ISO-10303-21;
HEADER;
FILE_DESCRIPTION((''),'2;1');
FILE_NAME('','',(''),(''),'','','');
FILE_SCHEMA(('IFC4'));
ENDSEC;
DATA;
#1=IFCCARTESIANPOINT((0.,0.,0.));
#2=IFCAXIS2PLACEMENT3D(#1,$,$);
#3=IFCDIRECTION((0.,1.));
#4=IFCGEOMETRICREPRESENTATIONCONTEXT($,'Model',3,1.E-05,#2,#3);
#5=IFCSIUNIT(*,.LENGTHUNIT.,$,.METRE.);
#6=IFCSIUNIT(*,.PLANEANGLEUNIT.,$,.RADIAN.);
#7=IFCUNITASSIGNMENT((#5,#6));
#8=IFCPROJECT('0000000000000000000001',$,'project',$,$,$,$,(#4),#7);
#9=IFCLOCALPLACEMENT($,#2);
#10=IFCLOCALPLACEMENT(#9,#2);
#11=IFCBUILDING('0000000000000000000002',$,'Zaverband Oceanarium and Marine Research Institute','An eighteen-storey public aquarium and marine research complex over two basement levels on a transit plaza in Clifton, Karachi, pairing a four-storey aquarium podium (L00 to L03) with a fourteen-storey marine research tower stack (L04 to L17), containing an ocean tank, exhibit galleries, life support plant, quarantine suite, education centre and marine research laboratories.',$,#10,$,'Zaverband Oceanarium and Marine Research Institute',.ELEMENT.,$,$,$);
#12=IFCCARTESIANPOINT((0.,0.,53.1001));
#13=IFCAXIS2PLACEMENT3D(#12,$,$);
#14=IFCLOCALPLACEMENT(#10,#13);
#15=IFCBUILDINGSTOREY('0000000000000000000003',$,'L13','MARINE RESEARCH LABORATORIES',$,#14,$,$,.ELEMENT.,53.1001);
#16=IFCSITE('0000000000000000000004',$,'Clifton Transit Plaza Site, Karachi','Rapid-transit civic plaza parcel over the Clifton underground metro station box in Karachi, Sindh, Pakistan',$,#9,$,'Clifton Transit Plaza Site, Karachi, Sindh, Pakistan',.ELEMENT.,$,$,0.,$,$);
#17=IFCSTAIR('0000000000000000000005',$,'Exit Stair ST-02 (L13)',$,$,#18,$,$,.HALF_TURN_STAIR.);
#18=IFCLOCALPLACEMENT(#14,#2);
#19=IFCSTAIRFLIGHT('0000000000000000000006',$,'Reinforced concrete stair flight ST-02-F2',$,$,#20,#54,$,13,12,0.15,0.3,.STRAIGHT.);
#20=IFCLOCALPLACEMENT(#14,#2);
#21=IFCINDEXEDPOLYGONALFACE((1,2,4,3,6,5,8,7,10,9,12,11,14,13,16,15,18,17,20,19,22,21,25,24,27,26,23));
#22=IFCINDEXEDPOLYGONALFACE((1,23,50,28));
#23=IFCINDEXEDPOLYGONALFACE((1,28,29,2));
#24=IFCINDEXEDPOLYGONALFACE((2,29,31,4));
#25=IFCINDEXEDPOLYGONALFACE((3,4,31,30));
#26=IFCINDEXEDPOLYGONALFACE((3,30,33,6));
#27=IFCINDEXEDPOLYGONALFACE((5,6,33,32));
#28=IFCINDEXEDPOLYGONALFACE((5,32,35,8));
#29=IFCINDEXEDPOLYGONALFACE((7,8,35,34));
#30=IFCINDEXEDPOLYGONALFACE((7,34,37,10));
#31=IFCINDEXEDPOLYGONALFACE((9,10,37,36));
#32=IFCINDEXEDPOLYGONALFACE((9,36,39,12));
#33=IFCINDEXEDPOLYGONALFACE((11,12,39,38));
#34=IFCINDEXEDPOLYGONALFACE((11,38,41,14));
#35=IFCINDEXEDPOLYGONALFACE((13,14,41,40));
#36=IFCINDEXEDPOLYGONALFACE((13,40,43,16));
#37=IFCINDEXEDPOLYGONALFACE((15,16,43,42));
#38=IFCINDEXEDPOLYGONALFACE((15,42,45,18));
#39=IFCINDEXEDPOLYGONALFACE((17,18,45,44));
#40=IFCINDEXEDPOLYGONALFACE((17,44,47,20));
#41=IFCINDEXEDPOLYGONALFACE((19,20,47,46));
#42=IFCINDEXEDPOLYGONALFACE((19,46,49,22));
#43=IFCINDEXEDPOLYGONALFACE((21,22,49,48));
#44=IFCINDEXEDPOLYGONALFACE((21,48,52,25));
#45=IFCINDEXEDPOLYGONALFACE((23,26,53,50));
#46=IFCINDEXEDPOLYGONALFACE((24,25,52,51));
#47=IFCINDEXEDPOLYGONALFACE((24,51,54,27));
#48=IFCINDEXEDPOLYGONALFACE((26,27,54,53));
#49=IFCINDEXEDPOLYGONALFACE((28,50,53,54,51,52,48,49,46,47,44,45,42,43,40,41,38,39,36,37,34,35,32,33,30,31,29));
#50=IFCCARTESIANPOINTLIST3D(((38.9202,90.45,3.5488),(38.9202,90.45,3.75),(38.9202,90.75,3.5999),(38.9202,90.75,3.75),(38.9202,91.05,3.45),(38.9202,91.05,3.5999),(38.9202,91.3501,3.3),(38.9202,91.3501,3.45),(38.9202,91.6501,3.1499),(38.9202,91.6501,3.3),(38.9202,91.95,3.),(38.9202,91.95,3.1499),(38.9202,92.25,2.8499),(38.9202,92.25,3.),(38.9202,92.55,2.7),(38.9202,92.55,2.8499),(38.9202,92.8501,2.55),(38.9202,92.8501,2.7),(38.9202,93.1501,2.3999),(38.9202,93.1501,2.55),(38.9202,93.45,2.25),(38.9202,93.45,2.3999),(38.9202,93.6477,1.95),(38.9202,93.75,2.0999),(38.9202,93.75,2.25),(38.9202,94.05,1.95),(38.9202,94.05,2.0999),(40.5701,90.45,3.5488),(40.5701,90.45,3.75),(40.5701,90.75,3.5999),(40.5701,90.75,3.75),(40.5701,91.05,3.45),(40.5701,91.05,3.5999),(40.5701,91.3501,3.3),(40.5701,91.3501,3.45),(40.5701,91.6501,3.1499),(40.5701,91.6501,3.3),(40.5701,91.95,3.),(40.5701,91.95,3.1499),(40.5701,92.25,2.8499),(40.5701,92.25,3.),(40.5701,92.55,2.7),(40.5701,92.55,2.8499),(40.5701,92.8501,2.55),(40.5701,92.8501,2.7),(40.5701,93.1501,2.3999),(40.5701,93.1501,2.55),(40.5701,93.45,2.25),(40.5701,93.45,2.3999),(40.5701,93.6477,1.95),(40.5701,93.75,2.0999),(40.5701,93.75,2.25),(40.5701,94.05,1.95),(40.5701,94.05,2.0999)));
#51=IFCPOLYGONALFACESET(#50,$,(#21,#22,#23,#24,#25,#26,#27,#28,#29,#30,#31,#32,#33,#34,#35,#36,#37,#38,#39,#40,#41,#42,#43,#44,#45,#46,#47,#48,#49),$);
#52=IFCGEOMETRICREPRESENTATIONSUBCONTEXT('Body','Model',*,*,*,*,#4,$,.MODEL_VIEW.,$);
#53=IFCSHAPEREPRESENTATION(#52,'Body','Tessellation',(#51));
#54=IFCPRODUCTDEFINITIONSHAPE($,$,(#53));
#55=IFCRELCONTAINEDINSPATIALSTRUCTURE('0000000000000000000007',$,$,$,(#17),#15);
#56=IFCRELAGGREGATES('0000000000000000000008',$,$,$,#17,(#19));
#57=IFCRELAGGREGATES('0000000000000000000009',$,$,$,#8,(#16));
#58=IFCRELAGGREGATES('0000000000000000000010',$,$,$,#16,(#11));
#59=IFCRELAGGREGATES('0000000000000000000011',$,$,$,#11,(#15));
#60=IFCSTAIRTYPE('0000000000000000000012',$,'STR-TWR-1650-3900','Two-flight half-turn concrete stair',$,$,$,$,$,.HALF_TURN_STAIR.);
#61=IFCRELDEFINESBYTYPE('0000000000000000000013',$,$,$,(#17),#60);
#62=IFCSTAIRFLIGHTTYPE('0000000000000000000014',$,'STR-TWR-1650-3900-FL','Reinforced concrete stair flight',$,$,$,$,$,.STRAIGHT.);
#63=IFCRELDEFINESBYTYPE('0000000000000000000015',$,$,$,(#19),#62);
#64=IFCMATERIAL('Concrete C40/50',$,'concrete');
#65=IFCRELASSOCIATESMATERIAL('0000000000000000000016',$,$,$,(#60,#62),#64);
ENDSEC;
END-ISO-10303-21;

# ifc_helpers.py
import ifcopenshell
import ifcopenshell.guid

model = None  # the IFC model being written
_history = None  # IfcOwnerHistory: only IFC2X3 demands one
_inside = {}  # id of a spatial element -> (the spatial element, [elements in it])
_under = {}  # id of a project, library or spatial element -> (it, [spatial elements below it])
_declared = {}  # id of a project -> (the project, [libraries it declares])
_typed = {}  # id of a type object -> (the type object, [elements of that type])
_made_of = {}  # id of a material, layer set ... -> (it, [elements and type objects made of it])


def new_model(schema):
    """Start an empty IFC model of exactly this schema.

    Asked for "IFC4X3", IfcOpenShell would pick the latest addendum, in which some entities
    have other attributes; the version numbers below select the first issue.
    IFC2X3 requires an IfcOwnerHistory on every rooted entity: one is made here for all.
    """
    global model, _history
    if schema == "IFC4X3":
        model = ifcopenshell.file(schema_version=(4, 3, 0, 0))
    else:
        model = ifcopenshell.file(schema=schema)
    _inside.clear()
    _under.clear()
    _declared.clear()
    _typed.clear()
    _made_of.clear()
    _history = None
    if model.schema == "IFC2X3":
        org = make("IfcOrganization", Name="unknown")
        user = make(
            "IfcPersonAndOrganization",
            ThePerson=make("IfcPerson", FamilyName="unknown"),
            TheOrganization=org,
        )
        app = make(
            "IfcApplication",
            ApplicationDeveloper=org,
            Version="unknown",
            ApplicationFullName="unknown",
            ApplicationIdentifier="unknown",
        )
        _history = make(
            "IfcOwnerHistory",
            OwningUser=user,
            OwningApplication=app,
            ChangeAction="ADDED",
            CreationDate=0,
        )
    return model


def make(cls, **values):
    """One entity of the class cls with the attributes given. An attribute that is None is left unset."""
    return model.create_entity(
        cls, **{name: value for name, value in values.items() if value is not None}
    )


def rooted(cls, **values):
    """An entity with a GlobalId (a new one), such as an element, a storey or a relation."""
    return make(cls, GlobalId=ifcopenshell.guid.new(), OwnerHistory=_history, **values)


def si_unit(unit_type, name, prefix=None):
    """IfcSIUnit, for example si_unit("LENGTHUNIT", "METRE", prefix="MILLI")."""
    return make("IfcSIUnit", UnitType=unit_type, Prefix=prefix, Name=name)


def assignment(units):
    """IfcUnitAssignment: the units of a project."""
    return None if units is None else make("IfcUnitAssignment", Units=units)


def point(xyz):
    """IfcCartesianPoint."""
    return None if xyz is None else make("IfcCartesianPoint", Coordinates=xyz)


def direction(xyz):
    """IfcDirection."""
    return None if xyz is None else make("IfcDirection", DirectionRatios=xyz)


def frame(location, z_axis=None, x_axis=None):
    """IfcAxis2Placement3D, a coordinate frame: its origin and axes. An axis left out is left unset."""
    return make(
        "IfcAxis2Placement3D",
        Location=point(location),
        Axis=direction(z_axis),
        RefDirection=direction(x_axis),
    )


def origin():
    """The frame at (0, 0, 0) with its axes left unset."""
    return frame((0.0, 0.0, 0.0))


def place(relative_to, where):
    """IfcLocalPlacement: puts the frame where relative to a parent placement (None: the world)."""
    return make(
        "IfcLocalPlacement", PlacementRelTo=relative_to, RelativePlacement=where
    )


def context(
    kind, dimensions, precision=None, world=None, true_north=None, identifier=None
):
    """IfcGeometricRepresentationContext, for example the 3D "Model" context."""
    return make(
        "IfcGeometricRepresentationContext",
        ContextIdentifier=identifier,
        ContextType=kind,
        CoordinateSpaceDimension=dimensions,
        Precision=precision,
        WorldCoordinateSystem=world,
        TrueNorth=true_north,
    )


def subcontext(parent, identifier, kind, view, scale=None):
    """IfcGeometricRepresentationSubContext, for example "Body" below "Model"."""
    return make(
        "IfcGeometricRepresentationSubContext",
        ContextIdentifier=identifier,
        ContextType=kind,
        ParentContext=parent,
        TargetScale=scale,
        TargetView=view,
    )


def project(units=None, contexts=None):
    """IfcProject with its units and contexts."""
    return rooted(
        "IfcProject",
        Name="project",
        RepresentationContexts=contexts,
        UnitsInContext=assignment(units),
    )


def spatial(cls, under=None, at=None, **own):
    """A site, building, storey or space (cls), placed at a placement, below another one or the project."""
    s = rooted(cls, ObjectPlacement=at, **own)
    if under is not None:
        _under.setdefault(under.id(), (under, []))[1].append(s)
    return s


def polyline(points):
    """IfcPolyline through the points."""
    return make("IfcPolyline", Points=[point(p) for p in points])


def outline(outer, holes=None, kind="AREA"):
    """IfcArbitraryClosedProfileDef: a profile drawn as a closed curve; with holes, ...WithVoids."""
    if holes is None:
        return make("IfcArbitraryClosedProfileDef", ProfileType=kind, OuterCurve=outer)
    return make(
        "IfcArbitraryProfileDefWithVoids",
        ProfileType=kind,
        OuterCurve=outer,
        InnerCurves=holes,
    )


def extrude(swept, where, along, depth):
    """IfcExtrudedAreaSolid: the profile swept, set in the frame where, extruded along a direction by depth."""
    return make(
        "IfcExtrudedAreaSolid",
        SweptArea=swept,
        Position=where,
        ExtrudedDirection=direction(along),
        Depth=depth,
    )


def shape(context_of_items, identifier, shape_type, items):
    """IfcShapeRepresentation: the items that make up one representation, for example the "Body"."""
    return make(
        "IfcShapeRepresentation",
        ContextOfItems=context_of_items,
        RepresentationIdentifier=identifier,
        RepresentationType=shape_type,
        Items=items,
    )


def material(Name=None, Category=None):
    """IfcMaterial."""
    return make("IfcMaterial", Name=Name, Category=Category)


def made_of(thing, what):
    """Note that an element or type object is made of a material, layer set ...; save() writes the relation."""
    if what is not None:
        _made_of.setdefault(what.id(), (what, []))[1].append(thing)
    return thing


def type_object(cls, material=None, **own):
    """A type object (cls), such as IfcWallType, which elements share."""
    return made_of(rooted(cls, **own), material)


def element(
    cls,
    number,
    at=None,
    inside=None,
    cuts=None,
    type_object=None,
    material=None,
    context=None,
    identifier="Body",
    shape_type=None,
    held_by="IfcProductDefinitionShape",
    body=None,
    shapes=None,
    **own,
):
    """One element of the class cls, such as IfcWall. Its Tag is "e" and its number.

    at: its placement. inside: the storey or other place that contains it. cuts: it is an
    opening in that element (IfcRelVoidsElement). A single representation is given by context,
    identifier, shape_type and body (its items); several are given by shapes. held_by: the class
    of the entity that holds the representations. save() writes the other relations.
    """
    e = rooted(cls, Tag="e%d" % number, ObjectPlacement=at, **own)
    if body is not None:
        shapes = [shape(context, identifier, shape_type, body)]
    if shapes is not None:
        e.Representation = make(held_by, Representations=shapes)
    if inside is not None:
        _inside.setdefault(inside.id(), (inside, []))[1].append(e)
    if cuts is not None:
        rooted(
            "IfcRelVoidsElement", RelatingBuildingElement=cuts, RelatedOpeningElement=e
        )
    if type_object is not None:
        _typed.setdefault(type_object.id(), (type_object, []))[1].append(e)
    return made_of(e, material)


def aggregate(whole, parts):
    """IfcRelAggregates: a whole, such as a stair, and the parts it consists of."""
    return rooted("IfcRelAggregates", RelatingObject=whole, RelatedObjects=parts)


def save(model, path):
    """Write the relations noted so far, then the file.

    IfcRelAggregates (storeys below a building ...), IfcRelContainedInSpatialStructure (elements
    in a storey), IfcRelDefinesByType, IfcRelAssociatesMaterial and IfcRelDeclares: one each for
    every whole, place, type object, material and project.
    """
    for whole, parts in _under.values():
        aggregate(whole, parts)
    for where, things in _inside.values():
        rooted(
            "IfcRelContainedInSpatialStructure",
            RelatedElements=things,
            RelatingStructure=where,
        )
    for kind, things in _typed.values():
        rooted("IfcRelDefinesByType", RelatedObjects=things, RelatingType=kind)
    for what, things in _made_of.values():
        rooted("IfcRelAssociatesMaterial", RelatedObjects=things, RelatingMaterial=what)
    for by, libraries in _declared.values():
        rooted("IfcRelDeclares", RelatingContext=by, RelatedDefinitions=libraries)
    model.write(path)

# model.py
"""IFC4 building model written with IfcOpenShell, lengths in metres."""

from ifc_helpers import new_model, si_unit, direction, frame, origin, place, context, subcontext, project, spatial, polyline, outline, extrude, material, type_object, element, aggregate, save


model = new_model("IFC4")

# Units and contexts
model_context = context("Model", 3, precision=1e-05, world=origin(), true_north=direction((0.0, 1.0)))
body_context = subcontext(model_context, "Body", "Model", "MODEL_VIEW")
ifc_project = project(units=[si_unit("LENGTHUNIT", "METRE"), si_unit("PLANEANGLEUNIT", "RADIAN")], contexts=[model_context])

# Site, building, storey
site_placement = place(None, origin())
site = spatial("IfcSite", under=ifc_project, at=site_placement, Name="Clifton Transit Plaza Site, Karachi", Description="Rapid-transit civic plaza parcel over the Clifton underground metro station box in Karachi, Sindh, Pakistan", LongName="Clifton Transit Plaza Site, Karachi, Sindh, Pakistan", CompositionType="ELEMENT", RefElevation=0.0)
building_placement = place(site_placement, origin())
building = spatial("IfcBuilding", under=site, at=building_placement, Name="Zaverband Oceanarium and Marine Research Institute", Description="An eighteen-storey public aquarium and marine research complex over two basement levels on a transit plaza in Clifton, Karachi, pairing a four-storey aquarium podium (L00 to L03) with a fourteen-storey marine research tower stack (L04 to L17), containing an ocean tank, exhibit galleries, life support plant, quarantine suite, education centre and marine research laboratories.", LongName="Zaverband Oceanarium and Marine Research Institute", CompositionType="ELEMENT")
storey_placement = place(building_placement, frame((0.0, 0.0, 53.1001)))
storey = spatial("IfcBuildingStorey", under=building, at=storey_placement, Name="L13", Description="MARINE RESEARCH LABORATORIES", CompositionType="ELEMENT", Elevation=53.1001)

# Shared definitions
ifc_material_1 = material(Name="Concrete C40/50", Category="concrete")

# Stair, stair flight
stair_type = type_object("IfcStairType", Name="STR-TWR-1650-3900", Description="Two-flight half-turn concrete stair", PredefinedType="HALF_TURN_STAIR", material=ifc_material_1)
stair_placement = place(storey_placement, origin())
stair = element("IfcStair", 1, at=stair_placement, inside=storey, type_object=stair_type, Name="Exit Stair ST-02 (L13)", PredefinedType="HALF_TURN_STAIR")
stair_flight_type = type_object("IfcStairFlightType", Name="STR-TWR-1650-3900-FL", Description="Reinforced concrete stair flight", PredefinedType="STRAIGHT", material=ifc_material_1)
stair_flight_1_placement = place(storey_placement, frame((39.7451, 94.05, 1.95), z_axis=(0.0, 0.0, 1.0), x_axis=(0.0, -1.0, 0.0)))
stair_flight_1 = element("IfcStairFlight", 2, at=stair_flight_1_placement, type_object=stair_flight_type, Name="Reinforced concrete stair flight ST-02-F2", NumberOfRisers=13, NumberOfTreads=12, PredefinedType="STRAIGHT", RiserHeight=0.15, TreadLength=0.3, context=body_context, shape_type="SweptSolid", body=[
    extrude(outline(polyline([(0.0, 0.0), (0.0, 0.1499), (0.3, 0.1499), (0.3, 0.3), (0.6001, 0.3), (0.6001, 0.45), (0.8999, 0.45), (0.8999, 0.6001), (1.2, 0.6001), (1.2, 0.75), (1.5, 0.75), (1.5, 0.8999), (1.8, 0.8999), (1.8, 1.05), (2.1001, 1.05), (2.1001, 1.2), (2.3999, 1.2), (2.3999, 1.3501), (2.7, 1.3501), (2.7, 1.5), (3.0, 1.5), (3.0, 1.6499), (3.3, 1.6499), (3.3, 1.8), (3.6001, 1.8), (3.6001, 1.95), (3.6001, 1.5989), (0.4023, 0.0), (0.0, 0.0)])), frame((0.0, 0.825, 0.0), z_axis=(0.0, -1.0, 0.0), x_axis=(1.0, 0.0, 0.0)), (0.0, 0.0, 1.0), 1.6499),
])
aggregate(stair, [stair_flight_1])

save(model, "model.ifc")
